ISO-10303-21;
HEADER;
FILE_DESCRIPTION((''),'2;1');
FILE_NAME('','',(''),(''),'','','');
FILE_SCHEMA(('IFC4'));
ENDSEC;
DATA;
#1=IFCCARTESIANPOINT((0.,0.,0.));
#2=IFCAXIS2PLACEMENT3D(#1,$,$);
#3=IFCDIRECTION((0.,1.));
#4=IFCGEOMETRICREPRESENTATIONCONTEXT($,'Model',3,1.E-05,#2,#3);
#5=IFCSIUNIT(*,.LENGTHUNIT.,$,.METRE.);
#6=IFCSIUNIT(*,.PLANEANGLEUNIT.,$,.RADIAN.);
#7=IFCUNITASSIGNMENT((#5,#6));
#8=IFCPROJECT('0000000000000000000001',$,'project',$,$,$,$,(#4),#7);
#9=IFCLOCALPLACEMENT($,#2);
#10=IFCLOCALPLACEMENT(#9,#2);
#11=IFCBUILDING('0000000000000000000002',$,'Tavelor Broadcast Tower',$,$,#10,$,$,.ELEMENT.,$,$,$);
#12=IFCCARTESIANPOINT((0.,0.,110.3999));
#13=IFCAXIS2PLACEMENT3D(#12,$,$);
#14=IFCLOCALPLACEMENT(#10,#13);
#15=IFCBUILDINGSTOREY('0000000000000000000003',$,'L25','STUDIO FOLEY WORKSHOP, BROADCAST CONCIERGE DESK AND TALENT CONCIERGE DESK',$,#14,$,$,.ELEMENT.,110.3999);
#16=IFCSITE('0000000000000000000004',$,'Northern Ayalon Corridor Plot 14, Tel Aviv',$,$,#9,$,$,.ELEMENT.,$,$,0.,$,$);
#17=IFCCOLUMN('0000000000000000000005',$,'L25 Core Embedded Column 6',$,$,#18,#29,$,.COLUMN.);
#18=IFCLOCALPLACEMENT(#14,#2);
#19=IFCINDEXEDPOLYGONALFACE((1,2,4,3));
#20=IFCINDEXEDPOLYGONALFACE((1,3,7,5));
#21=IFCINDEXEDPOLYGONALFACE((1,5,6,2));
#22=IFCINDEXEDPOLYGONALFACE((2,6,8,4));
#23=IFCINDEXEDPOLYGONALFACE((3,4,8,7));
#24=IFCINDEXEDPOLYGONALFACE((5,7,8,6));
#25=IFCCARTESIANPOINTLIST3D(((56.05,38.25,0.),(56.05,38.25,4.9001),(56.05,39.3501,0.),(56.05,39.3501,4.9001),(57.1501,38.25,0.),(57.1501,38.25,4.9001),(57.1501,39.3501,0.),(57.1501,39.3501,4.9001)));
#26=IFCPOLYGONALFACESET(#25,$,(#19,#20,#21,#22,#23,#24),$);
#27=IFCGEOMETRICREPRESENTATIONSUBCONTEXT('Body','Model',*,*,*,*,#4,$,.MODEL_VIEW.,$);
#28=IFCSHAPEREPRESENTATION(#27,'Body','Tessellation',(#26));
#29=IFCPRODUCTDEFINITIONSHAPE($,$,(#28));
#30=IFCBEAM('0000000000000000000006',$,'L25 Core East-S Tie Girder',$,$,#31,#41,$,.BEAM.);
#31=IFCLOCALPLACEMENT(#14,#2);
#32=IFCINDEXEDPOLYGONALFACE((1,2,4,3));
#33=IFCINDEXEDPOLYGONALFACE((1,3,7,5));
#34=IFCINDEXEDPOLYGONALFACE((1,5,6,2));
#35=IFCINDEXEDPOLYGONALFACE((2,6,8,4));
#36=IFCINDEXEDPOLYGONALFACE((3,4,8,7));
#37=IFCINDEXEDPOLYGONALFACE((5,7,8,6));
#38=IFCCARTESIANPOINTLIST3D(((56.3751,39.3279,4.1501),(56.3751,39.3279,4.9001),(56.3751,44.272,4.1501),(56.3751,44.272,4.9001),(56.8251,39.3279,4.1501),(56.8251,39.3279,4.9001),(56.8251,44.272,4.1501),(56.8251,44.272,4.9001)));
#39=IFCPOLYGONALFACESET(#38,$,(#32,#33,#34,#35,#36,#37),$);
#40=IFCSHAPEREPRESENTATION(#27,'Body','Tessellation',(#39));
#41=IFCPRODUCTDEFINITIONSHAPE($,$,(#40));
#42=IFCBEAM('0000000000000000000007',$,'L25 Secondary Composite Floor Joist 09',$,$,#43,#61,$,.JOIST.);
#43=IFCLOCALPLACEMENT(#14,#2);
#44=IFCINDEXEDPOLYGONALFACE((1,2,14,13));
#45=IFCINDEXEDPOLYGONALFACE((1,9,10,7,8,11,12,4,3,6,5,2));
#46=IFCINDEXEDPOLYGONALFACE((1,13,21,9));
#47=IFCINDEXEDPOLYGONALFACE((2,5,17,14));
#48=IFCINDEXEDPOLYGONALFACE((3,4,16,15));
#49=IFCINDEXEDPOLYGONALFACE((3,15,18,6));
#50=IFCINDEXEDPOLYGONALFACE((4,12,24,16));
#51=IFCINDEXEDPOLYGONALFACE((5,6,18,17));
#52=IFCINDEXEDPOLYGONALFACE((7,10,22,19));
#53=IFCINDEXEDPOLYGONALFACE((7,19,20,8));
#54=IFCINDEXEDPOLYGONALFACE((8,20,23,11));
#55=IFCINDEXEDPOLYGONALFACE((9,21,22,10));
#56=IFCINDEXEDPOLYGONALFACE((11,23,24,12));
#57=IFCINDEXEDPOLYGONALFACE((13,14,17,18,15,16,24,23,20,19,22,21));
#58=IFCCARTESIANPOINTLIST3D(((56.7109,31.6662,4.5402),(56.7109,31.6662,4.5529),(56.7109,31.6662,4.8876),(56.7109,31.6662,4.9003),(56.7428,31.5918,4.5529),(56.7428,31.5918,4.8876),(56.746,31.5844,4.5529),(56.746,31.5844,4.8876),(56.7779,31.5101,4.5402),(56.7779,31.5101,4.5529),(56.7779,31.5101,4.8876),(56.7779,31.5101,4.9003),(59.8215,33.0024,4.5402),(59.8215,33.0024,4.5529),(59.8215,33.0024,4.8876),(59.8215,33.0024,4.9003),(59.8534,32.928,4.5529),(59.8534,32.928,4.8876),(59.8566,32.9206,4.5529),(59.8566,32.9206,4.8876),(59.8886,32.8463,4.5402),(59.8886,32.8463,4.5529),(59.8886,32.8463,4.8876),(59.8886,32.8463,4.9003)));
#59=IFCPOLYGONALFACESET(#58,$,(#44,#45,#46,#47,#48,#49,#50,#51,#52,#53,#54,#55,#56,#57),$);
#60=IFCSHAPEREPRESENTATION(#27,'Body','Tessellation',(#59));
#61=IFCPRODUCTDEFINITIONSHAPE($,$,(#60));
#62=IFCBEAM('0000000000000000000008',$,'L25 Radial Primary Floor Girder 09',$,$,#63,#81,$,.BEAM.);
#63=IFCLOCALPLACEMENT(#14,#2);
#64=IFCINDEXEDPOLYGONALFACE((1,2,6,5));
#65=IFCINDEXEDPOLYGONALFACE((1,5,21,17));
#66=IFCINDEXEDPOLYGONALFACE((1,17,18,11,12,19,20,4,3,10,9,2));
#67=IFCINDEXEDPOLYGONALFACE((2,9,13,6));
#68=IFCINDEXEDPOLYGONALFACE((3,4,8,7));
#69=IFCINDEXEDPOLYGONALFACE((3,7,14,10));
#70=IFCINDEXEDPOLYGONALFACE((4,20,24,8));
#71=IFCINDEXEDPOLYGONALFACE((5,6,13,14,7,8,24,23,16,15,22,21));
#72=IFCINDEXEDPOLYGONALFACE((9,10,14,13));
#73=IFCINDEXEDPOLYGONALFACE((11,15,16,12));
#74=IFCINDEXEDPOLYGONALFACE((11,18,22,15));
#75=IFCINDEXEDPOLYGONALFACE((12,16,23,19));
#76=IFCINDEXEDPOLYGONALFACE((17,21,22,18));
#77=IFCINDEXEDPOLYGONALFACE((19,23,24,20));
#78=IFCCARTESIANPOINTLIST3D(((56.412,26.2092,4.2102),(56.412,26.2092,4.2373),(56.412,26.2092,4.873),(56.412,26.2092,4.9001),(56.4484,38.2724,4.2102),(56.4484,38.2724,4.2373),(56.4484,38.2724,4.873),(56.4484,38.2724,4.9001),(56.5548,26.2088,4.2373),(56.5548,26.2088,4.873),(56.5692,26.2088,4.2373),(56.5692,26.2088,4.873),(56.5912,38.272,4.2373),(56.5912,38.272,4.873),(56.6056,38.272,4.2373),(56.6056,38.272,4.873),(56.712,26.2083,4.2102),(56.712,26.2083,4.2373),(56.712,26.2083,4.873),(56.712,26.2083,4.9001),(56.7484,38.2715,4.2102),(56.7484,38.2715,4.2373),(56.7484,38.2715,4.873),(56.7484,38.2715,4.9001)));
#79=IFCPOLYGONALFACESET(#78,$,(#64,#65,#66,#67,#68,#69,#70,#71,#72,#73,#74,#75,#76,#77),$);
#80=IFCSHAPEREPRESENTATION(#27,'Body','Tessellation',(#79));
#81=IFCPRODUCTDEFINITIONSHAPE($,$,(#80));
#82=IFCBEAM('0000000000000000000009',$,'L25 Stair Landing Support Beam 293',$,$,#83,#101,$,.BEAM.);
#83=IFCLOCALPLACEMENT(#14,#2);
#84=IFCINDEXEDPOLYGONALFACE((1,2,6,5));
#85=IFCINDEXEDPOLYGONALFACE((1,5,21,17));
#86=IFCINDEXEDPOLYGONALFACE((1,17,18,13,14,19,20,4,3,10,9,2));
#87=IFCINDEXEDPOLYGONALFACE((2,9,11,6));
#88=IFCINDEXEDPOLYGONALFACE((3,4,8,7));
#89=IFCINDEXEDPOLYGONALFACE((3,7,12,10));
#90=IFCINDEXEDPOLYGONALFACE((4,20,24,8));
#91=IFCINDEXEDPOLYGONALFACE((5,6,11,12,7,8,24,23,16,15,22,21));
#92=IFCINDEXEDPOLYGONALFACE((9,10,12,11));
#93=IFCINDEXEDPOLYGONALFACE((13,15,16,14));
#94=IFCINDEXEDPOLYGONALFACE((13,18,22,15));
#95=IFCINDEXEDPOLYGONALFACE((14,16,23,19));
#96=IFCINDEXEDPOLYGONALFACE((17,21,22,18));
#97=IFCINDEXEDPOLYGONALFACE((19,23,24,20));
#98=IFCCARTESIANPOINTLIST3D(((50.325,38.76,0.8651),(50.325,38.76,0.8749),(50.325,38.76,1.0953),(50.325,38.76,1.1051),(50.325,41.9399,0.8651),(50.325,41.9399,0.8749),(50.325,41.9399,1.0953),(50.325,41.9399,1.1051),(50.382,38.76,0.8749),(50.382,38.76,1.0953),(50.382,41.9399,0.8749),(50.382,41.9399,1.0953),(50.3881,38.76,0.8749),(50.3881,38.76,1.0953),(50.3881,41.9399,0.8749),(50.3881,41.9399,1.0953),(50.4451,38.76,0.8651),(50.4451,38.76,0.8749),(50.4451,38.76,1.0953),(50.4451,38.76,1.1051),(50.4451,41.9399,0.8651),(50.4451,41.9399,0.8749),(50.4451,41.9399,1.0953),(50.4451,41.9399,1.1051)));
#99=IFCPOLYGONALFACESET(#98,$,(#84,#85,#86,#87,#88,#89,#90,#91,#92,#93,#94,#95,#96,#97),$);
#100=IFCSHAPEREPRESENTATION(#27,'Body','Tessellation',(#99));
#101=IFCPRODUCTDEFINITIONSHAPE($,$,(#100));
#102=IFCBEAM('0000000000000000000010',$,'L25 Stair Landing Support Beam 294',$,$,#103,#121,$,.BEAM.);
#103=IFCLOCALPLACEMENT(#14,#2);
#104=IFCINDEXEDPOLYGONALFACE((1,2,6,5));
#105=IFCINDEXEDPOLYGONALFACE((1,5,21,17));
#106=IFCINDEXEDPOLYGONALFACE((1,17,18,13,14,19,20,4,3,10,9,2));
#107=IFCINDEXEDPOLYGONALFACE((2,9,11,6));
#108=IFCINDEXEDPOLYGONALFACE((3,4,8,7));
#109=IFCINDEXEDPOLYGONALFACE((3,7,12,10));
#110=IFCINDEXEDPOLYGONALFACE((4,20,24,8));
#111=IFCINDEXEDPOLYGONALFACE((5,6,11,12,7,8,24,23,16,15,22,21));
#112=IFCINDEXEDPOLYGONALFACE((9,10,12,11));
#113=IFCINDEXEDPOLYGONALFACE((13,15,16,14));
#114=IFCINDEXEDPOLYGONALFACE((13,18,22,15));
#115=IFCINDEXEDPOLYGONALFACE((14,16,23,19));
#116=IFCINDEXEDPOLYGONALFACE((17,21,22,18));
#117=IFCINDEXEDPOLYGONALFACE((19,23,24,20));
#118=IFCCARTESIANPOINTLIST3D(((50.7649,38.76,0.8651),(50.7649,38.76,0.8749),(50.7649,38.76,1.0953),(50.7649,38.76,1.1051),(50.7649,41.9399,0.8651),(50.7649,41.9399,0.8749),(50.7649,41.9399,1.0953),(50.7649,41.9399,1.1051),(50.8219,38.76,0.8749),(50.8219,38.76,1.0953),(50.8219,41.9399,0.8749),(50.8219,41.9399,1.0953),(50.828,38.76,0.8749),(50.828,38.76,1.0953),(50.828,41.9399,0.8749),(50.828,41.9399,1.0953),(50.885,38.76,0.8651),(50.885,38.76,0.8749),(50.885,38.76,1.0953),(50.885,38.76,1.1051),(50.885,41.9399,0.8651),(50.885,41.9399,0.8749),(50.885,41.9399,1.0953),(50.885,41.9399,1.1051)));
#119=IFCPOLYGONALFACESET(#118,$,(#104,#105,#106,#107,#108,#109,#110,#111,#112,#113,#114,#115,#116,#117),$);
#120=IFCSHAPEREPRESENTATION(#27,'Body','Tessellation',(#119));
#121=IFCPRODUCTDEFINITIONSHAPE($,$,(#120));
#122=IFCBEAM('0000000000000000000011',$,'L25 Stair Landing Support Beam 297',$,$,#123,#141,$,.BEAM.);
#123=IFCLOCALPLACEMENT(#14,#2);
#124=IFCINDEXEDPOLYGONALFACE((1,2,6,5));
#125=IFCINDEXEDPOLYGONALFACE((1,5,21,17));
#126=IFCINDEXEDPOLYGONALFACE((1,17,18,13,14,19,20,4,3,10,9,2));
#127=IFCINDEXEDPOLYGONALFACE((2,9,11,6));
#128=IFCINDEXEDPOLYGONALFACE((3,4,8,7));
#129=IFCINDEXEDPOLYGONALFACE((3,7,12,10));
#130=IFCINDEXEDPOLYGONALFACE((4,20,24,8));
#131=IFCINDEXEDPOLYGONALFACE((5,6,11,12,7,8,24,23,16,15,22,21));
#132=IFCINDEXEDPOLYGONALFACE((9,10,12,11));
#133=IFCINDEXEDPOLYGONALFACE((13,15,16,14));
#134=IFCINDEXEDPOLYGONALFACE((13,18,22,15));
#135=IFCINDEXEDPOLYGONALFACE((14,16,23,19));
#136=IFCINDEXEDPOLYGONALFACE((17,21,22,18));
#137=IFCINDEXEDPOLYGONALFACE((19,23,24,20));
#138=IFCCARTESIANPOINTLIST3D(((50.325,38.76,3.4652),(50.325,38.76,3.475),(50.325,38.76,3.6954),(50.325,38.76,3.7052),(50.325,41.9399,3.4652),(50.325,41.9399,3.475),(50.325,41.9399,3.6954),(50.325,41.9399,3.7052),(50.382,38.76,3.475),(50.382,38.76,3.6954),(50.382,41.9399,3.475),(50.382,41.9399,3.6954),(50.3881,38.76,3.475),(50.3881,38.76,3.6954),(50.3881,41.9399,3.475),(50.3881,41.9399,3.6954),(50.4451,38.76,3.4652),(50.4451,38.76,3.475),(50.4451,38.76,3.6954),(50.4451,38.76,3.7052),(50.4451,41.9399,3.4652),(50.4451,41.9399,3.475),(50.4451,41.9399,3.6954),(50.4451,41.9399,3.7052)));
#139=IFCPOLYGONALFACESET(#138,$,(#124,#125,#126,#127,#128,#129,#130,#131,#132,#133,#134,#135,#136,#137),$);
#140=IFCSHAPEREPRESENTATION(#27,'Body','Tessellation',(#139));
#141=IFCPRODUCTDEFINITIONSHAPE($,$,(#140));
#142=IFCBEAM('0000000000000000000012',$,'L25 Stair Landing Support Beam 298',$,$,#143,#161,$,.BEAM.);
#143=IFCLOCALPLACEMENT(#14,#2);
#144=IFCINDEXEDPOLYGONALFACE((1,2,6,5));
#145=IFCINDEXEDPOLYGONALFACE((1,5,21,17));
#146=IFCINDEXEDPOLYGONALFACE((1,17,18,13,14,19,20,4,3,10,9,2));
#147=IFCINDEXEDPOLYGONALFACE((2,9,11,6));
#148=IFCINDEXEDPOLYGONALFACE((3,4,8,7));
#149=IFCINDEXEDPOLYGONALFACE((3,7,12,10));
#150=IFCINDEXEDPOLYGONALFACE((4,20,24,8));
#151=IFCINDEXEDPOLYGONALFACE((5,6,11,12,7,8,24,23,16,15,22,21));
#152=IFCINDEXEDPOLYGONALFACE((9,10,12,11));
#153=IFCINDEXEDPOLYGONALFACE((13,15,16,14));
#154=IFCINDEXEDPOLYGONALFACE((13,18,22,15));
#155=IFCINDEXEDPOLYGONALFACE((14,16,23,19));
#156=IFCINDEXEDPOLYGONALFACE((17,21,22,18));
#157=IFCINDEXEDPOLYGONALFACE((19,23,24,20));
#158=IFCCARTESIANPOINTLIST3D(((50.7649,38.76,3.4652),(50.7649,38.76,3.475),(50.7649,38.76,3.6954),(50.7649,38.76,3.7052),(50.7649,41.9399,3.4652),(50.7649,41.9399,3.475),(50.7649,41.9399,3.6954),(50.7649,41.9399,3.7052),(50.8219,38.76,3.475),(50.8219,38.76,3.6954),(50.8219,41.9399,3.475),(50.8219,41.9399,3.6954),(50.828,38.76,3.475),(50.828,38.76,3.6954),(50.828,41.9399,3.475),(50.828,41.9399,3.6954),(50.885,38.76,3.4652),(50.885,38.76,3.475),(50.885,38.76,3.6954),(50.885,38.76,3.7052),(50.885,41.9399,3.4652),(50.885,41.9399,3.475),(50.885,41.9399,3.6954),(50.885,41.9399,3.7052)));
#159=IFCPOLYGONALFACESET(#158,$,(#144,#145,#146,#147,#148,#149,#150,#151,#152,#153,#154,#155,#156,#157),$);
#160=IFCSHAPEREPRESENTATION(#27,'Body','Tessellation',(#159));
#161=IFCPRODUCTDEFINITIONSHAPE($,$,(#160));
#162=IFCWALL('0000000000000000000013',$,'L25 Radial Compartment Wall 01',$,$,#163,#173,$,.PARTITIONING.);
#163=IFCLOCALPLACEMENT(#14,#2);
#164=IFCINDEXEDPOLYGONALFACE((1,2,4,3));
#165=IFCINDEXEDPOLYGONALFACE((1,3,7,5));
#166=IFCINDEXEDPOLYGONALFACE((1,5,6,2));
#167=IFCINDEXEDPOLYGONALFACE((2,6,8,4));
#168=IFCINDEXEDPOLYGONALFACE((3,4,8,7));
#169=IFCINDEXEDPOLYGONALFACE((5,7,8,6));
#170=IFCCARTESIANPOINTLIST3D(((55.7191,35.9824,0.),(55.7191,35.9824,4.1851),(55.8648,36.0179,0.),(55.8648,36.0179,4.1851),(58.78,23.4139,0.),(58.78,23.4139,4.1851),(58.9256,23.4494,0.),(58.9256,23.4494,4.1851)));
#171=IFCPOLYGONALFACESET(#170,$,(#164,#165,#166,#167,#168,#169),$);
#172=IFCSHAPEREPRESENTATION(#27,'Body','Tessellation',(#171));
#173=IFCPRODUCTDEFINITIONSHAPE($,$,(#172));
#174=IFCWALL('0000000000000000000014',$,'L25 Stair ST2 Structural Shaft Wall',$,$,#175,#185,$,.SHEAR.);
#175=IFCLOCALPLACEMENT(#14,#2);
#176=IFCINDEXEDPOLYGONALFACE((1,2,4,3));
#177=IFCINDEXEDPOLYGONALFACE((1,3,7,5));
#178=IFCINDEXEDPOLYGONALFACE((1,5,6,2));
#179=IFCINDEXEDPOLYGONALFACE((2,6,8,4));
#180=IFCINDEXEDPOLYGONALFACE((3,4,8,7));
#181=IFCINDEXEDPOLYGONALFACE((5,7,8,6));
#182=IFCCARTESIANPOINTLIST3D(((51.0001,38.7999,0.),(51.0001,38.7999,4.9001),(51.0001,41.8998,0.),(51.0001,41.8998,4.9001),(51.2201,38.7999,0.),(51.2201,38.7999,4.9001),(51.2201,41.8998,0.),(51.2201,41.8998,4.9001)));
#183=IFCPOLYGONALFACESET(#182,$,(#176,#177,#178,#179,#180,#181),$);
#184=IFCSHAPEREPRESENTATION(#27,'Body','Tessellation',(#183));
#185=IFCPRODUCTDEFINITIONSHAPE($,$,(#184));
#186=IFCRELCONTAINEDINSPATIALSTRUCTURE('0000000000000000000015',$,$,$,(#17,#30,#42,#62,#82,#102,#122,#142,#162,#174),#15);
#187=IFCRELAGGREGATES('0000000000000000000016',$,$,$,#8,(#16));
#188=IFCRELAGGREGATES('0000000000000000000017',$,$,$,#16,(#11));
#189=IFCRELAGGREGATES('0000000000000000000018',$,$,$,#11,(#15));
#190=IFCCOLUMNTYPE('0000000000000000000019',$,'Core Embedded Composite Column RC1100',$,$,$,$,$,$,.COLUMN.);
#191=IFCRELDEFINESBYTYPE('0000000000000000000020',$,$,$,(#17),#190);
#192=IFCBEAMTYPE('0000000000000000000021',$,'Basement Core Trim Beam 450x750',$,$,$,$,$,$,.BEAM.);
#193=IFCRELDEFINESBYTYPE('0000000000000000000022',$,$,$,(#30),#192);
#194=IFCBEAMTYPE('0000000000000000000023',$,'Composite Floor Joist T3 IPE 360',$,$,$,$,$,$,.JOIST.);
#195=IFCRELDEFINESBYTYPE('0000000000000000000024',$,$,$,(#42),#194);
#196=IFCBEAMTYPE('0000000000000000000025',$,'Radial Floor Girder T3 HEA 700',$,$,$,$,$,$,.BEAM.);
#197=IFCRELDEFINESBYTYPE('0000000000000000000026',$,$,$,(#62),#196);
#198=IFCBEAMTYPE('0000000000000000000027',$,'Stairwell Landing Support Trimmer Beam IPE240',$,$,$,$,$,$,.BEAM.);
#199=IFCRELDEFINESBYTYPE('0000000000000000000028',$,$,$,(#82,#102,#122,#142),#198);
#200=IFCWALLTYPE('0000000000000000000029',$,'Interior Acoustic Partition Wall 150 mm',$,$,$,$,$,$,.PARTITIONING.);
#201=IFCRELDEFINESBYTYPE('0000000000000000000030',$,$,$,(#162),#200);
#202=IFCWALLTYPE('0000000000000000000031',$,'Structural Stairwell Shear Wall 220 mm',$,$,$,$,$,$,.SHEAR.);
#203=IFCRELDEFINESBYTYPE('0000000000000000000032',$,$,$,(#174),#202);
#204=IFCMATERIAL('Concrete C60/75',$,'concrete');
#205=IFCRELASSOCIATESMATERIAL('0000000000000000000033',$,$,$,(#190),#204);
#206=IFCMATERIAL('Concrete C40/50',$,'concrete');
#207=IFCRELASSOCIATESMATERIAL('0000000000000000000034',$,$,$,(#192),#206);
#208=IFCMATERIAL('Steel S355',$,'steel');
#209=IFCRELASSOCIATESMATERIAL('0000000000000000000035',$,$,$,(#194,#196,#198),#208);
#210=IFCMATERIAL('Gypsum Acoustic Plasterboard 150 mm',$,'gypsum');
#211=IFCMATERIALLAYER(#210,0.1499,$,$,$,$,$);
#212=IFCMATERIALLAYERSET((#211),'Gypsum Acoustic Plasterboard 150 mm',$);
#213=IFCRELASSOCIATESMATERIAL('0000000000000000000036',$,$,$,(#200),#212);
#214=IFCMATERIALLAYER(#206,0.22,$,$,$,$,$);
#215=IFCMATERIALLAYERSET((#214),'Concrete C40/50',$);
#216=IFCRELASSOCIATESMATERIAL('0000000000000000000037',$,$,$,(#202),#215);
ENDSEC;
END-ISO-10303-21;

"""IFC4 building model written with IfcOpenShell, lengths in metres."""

from ifc_helpers import new_model, si_unit, direction, frame, frame_2d, origin, origin_2d, place, context, subcontext, project, spatial, rectangle, i_section, extrude, material, layer, layer_set, material_profile, profile_set, type_object, element, save


model = new_model("IFC4")

# Units and contexts
model_context = context("Model", 3, precision=1e-05, world=origin(), true_north=direction((0.0, 1.0)))
body_context = subcontext(model_context, "Body", "Model", "MODEL_VIEW")
ifc_project = project(units=[si_unit("LENGTHUNIT", "METRE"), si_unit("PLANEANGLEUNIT", "RADIAN")], contexts=[model_context])

# Site, building, storey
site_placement = place(None, origin())
site = spatial("IfcSite", under=ifc_project, at=site_placement, Name="Northern Ayalon Corridor Plot 14, Tel Aviv", CompositionType="ELEMENT", RefElevation=0.0)
building_placement = place(site_placement, origin())
building = spatial("IfcBuilding", under=site, at=building_placement, Name="Tavelor Broadcast Tower", CompositionType="ELEMENT")
storey_placement = place(building_placement, frame((0.0, 0.0, 110.3999)))
storey = spatial("IfcBuildingStorey", under=building, at=storey_placement, Name="L25", Description="STUDIO FOLEY WORKSHOP, BROADCAST CONCIERGE DESK AND TALENT CONCIERGE DESK", CompositionType="ELEMENT", Elevation=110.3999)

# Column
ifc_material_1 = material(Name="Concrete C60/75", Category="concrete")
ifc_material_profile_1 = material_profile(ifc_material_1, rectangle(XDim=1.1001, YDim=1.1001, at=origin_2d()), Name="RC 1100x1100")
ifc_profile_set_1 = profile_set([ifc_material_profile_1], Name="Concrete C60/75")
column_type = type_object("IfcColumnType", Name="Core Embedded Composite Column RC1100", PredefinedType="COLUMN", material=ifc_profile_set_1)
column_placement = place(storey_placement, frame((56.6001, 38.8, 0.0), z_axis=(0.0, 0.0, 1.0), x_axis=(1.0, 0.0, 0.0)))
element("IfcColumn", 1, at=column_placement, inside=storey, type_object=column_type, Name="L25 Core Embedded Column 6", PredefinedType="COLUMN", context=body_context, shape_type="SweptSolid", body=[
    extrude(rectangle(XDim=1.1001, YDim=1.1001, at=origin_2d()), origin(), (0.0, 0.0, 1.0), 4.9001),
])

# Beams
ifc_material_2 = material(Name="Concrete C40/50", Category="concrete")
ifc_material_profile_2 = material_profile(ifc_material_2, rectangle(XDim=0.45, YDim=0.75, at=origin_2d()), Name="RC 450x750")
ifc_profile_set_2 = profile_set([ifc_material_profile_2], Name="Concrete C40/50")
beam_type_1 = type_object("IfcBeamType", Name="Basement Core Trim Beam 450x750", PredefinedType="BEAM", material=ifc_profile_set_2)
beam_1_placement = place(storey_placement, frame((56.6001, 39.3279, 4.5251), z_axis=(0.0, 1.0, 0.0), x_axis=(-1.0, 0.0, 0.0)))
element("IfcBeam", 2, at=beam_1_placement, inside=storey, type_object=beam_type_1, Name="L25 Core East-S Tie Girder", PredefinedType="BEAM", context=body_context, shape_type="SweptSolid", body=[
    extrude(rectangle(XDim=0.45, YDim=0.75, at=origin_2d()), origin(), (0.0, 0.0, 1.0), 4.9441),
])
ifc_material_3 = material(Name="Steel S355", Category="steel")
ifc_material_profile_3 = material_profile(ifc_material_3, i_section(OverallWidth=0.1699, OverallDepth=0.3601, WebThickness=0.0081, FlangeThickness=0.0127, at=origin_2d()), Name="IPE 360")
ifc_profile_set_3 = profile_set([ifc_material_profile_3], Name="Steel S355")
beam_type_2 = type_object("IfcBeamType", Name="Composite Floor Joist T3 IPE 360", PredefinedType="JOIST", material=ifc_profile_set_3)
beam_2_placement = place(storey_placement, frame((56.7444, 31.5881, 4.7202), z_axis=(0.918816, 0.394685, 0.0), x_axis=(-0.394685, 0.918816, 0.0)))
element("IfcBeam", 3, at=beam_2_placement, inside=storey, type_object=beam_type_2, Name="L25 Secondary Composite Floor Joist 09", PredefinedType="JOIST", context=body_context, shape_type="SweptSolid", body=[
    extrude(i_section(OverallWidth=0.1699, OverallDepth=0.3601, WebThickness=0.0081, FlangeThickness=0.0127, at=origin_2d()), origin(), (0.0, 0.0, 1.0), 3.3855),
])
ifc_material_profile_4 = material_profile(ifc_material_3, i_section(OverallWidth=0.3, OverallDepth=0.6899, WebThickness=0.0144, FlangeThickness=0.0271, at=origin_2d()), Name="HEA 700")
ifc_profile_set_4 = profile_set([ifc_material_profile_4], Name="Steel S355")
beam_type_3 = type_object("IfcBeamType", Name="Radial Floor Girder T3 HEA 700", PredefinedType="BEAM", material=ifc_profile_set_4)
beam_3_placement = place(storey_placement, frame((56.5984, 38.272, 4.5552), z_axis=(-0.003016, -0.999995, 0.0), x_axis=(0.999995, -0.003016, 0.0)))
element("IfcBeam", 4, at=beam_3_placement, inside=storey, type_object=beam_type_3, Name="L25 Radial Primary Floor Girder 09", PredefinedType="BEAM", context=body_context, shape_type="SweptSolid", body=[
    extrude(i_section(OverallWidth=0.3, OverallDepth=0.6899, WebThickness=0.0144, FlangeThickness=0.0271, at=origin_2d()), origin(), (0.0, 0.0, 1.0), 12.0632),
])
ifc_material_profile_5 = material_profile(ifc_material_3, i_section(OverallWidth=0.1201, OverallDepth=0.24, WebThickness=0.0061, FlangeThickness=0.0098, at=origin_2d()), Name="IPE 240")
ifc_profile_set_5 = profile_set([ifc_material_profile_5], Name="Steel S355")
beam_type_4 = type_object("IfcBeamType", Name="Stairwell Landing Support Trimmer Beam IPE240", PredefinedType="BEAM", material=ifc_profile_set_5)
for number, where, z_axis, x_axis, name in (
    (5, (50.385, 38.76, 0.9851), (0.0, 1.0, 0.0), (-1.0, 0.0, 0.0), "L25 Stair Landing Support Beam 293"),
    (6, (50.825, 38.76, 0.9851), (0.0, 1.0, 0.0), (-1.0, 0.0, 0.0), "L25 Stair Landing Support Beam 294"),
    (7, (50.385, 38.76, 3.5852), (0.0, 1.0, 0.0), (-1.0, 0.0, 0.0), "L25 Stair Landing Support Beam 297"),
    (8, (50.825, 38.76, 3.5852), (0.0, 1.0, 0.0), (-1.0, 0.0, 0.0), "L25 Stair Landing Support Beam 298"),
):
    element("IfcBeam", number, at=place(storey_placement, frame(where, z_axis=z_axis, x_axis=x_axis)), inside=storey, type_object=beam_type_4, Name=name, PredefinedType="BEAM", context=body_context, shape_type="SweptSolid", body=[
        extrude(i_section(OverallWidth=0.1201, OverallDepth=0.24, WebThickness=0.0061, FlangeThickness=0.0098, at=origin_2d()), origin(), (0.0, 0.0, 1.0), 3.1799),
    ])

# Wall
ifc_material_4 = material(Name="Gypsum Acoustic Plasterboard 150 mm", Category="gypsum")
ifc_layer_1 = layer(ifc_material_4, 0.1499)
ifc_layer_set_1 = layer_set([ifc_layer_1], Name="Gypsum Acoustic Plasterboard 150 mm")
wall_type_1 = type_object("IfcWallType", Name="Interior Acoustic Partition Wall 150 mm", PredefinedType="PARTITIONING", material=ifc_layer_set_1)
wall_1_placement = place(storey_placement, frame((55.792, 36.0, 0.0), z_axis=(0.0, 0.0, 1.0), x_axis=(0.236616, -0.971603, 0.0)))
element("IfcWall", 9, at=wall_1_placement, inside=storey, type_object=wall_type_1, Name="L25 Radial Compartment Wall 01", PredefinedType="PARTITIONING", context=body_context, shape_type="SweptSolid", body=[
    extrude(rectangle(XDim=12.9358, YDim=0.1499, at=frame_2d((6.4678, 0.0))), origin(), (0.0, 0.0, 1.0), 4.1851),
])

# Wall
ifc_layer_2 = layer(ifc_material_2, 0.22)
ifc_layer_set_2 = layer_set([ifc_layer_2], Name="Concrete C40/50")
wall_type_2 = type_object("IfcWallType", Name="Structural Stairwell Shear Wall 220 mm", PredefinedType="SHEAR", material=ifc_layer_set_2)
wall_2_placement = place(storey_placement, frame((51.1101, 38.8, 0.0), z_axis=(0.0, 0.0, 1.0), x_axis=(0.0, 1.0, 0.0)))
element("IfcWall", 10, at=wall_2_placement, inside=storey, type_object=wall_type_2, Name="L25 Stair ST2 Structural Shaft Wall", PredefinedType="SHEAR", context=body_context, shape_type="SweptSolid", body=[
    extrude(rectangle(XDim=3.0999, YDim=0.22, at=frame_2d((1.5498, 0.0))), origin(), (0.0, 0.0, 1.0), 4.9001),
])

save(model, "model.ifc")
